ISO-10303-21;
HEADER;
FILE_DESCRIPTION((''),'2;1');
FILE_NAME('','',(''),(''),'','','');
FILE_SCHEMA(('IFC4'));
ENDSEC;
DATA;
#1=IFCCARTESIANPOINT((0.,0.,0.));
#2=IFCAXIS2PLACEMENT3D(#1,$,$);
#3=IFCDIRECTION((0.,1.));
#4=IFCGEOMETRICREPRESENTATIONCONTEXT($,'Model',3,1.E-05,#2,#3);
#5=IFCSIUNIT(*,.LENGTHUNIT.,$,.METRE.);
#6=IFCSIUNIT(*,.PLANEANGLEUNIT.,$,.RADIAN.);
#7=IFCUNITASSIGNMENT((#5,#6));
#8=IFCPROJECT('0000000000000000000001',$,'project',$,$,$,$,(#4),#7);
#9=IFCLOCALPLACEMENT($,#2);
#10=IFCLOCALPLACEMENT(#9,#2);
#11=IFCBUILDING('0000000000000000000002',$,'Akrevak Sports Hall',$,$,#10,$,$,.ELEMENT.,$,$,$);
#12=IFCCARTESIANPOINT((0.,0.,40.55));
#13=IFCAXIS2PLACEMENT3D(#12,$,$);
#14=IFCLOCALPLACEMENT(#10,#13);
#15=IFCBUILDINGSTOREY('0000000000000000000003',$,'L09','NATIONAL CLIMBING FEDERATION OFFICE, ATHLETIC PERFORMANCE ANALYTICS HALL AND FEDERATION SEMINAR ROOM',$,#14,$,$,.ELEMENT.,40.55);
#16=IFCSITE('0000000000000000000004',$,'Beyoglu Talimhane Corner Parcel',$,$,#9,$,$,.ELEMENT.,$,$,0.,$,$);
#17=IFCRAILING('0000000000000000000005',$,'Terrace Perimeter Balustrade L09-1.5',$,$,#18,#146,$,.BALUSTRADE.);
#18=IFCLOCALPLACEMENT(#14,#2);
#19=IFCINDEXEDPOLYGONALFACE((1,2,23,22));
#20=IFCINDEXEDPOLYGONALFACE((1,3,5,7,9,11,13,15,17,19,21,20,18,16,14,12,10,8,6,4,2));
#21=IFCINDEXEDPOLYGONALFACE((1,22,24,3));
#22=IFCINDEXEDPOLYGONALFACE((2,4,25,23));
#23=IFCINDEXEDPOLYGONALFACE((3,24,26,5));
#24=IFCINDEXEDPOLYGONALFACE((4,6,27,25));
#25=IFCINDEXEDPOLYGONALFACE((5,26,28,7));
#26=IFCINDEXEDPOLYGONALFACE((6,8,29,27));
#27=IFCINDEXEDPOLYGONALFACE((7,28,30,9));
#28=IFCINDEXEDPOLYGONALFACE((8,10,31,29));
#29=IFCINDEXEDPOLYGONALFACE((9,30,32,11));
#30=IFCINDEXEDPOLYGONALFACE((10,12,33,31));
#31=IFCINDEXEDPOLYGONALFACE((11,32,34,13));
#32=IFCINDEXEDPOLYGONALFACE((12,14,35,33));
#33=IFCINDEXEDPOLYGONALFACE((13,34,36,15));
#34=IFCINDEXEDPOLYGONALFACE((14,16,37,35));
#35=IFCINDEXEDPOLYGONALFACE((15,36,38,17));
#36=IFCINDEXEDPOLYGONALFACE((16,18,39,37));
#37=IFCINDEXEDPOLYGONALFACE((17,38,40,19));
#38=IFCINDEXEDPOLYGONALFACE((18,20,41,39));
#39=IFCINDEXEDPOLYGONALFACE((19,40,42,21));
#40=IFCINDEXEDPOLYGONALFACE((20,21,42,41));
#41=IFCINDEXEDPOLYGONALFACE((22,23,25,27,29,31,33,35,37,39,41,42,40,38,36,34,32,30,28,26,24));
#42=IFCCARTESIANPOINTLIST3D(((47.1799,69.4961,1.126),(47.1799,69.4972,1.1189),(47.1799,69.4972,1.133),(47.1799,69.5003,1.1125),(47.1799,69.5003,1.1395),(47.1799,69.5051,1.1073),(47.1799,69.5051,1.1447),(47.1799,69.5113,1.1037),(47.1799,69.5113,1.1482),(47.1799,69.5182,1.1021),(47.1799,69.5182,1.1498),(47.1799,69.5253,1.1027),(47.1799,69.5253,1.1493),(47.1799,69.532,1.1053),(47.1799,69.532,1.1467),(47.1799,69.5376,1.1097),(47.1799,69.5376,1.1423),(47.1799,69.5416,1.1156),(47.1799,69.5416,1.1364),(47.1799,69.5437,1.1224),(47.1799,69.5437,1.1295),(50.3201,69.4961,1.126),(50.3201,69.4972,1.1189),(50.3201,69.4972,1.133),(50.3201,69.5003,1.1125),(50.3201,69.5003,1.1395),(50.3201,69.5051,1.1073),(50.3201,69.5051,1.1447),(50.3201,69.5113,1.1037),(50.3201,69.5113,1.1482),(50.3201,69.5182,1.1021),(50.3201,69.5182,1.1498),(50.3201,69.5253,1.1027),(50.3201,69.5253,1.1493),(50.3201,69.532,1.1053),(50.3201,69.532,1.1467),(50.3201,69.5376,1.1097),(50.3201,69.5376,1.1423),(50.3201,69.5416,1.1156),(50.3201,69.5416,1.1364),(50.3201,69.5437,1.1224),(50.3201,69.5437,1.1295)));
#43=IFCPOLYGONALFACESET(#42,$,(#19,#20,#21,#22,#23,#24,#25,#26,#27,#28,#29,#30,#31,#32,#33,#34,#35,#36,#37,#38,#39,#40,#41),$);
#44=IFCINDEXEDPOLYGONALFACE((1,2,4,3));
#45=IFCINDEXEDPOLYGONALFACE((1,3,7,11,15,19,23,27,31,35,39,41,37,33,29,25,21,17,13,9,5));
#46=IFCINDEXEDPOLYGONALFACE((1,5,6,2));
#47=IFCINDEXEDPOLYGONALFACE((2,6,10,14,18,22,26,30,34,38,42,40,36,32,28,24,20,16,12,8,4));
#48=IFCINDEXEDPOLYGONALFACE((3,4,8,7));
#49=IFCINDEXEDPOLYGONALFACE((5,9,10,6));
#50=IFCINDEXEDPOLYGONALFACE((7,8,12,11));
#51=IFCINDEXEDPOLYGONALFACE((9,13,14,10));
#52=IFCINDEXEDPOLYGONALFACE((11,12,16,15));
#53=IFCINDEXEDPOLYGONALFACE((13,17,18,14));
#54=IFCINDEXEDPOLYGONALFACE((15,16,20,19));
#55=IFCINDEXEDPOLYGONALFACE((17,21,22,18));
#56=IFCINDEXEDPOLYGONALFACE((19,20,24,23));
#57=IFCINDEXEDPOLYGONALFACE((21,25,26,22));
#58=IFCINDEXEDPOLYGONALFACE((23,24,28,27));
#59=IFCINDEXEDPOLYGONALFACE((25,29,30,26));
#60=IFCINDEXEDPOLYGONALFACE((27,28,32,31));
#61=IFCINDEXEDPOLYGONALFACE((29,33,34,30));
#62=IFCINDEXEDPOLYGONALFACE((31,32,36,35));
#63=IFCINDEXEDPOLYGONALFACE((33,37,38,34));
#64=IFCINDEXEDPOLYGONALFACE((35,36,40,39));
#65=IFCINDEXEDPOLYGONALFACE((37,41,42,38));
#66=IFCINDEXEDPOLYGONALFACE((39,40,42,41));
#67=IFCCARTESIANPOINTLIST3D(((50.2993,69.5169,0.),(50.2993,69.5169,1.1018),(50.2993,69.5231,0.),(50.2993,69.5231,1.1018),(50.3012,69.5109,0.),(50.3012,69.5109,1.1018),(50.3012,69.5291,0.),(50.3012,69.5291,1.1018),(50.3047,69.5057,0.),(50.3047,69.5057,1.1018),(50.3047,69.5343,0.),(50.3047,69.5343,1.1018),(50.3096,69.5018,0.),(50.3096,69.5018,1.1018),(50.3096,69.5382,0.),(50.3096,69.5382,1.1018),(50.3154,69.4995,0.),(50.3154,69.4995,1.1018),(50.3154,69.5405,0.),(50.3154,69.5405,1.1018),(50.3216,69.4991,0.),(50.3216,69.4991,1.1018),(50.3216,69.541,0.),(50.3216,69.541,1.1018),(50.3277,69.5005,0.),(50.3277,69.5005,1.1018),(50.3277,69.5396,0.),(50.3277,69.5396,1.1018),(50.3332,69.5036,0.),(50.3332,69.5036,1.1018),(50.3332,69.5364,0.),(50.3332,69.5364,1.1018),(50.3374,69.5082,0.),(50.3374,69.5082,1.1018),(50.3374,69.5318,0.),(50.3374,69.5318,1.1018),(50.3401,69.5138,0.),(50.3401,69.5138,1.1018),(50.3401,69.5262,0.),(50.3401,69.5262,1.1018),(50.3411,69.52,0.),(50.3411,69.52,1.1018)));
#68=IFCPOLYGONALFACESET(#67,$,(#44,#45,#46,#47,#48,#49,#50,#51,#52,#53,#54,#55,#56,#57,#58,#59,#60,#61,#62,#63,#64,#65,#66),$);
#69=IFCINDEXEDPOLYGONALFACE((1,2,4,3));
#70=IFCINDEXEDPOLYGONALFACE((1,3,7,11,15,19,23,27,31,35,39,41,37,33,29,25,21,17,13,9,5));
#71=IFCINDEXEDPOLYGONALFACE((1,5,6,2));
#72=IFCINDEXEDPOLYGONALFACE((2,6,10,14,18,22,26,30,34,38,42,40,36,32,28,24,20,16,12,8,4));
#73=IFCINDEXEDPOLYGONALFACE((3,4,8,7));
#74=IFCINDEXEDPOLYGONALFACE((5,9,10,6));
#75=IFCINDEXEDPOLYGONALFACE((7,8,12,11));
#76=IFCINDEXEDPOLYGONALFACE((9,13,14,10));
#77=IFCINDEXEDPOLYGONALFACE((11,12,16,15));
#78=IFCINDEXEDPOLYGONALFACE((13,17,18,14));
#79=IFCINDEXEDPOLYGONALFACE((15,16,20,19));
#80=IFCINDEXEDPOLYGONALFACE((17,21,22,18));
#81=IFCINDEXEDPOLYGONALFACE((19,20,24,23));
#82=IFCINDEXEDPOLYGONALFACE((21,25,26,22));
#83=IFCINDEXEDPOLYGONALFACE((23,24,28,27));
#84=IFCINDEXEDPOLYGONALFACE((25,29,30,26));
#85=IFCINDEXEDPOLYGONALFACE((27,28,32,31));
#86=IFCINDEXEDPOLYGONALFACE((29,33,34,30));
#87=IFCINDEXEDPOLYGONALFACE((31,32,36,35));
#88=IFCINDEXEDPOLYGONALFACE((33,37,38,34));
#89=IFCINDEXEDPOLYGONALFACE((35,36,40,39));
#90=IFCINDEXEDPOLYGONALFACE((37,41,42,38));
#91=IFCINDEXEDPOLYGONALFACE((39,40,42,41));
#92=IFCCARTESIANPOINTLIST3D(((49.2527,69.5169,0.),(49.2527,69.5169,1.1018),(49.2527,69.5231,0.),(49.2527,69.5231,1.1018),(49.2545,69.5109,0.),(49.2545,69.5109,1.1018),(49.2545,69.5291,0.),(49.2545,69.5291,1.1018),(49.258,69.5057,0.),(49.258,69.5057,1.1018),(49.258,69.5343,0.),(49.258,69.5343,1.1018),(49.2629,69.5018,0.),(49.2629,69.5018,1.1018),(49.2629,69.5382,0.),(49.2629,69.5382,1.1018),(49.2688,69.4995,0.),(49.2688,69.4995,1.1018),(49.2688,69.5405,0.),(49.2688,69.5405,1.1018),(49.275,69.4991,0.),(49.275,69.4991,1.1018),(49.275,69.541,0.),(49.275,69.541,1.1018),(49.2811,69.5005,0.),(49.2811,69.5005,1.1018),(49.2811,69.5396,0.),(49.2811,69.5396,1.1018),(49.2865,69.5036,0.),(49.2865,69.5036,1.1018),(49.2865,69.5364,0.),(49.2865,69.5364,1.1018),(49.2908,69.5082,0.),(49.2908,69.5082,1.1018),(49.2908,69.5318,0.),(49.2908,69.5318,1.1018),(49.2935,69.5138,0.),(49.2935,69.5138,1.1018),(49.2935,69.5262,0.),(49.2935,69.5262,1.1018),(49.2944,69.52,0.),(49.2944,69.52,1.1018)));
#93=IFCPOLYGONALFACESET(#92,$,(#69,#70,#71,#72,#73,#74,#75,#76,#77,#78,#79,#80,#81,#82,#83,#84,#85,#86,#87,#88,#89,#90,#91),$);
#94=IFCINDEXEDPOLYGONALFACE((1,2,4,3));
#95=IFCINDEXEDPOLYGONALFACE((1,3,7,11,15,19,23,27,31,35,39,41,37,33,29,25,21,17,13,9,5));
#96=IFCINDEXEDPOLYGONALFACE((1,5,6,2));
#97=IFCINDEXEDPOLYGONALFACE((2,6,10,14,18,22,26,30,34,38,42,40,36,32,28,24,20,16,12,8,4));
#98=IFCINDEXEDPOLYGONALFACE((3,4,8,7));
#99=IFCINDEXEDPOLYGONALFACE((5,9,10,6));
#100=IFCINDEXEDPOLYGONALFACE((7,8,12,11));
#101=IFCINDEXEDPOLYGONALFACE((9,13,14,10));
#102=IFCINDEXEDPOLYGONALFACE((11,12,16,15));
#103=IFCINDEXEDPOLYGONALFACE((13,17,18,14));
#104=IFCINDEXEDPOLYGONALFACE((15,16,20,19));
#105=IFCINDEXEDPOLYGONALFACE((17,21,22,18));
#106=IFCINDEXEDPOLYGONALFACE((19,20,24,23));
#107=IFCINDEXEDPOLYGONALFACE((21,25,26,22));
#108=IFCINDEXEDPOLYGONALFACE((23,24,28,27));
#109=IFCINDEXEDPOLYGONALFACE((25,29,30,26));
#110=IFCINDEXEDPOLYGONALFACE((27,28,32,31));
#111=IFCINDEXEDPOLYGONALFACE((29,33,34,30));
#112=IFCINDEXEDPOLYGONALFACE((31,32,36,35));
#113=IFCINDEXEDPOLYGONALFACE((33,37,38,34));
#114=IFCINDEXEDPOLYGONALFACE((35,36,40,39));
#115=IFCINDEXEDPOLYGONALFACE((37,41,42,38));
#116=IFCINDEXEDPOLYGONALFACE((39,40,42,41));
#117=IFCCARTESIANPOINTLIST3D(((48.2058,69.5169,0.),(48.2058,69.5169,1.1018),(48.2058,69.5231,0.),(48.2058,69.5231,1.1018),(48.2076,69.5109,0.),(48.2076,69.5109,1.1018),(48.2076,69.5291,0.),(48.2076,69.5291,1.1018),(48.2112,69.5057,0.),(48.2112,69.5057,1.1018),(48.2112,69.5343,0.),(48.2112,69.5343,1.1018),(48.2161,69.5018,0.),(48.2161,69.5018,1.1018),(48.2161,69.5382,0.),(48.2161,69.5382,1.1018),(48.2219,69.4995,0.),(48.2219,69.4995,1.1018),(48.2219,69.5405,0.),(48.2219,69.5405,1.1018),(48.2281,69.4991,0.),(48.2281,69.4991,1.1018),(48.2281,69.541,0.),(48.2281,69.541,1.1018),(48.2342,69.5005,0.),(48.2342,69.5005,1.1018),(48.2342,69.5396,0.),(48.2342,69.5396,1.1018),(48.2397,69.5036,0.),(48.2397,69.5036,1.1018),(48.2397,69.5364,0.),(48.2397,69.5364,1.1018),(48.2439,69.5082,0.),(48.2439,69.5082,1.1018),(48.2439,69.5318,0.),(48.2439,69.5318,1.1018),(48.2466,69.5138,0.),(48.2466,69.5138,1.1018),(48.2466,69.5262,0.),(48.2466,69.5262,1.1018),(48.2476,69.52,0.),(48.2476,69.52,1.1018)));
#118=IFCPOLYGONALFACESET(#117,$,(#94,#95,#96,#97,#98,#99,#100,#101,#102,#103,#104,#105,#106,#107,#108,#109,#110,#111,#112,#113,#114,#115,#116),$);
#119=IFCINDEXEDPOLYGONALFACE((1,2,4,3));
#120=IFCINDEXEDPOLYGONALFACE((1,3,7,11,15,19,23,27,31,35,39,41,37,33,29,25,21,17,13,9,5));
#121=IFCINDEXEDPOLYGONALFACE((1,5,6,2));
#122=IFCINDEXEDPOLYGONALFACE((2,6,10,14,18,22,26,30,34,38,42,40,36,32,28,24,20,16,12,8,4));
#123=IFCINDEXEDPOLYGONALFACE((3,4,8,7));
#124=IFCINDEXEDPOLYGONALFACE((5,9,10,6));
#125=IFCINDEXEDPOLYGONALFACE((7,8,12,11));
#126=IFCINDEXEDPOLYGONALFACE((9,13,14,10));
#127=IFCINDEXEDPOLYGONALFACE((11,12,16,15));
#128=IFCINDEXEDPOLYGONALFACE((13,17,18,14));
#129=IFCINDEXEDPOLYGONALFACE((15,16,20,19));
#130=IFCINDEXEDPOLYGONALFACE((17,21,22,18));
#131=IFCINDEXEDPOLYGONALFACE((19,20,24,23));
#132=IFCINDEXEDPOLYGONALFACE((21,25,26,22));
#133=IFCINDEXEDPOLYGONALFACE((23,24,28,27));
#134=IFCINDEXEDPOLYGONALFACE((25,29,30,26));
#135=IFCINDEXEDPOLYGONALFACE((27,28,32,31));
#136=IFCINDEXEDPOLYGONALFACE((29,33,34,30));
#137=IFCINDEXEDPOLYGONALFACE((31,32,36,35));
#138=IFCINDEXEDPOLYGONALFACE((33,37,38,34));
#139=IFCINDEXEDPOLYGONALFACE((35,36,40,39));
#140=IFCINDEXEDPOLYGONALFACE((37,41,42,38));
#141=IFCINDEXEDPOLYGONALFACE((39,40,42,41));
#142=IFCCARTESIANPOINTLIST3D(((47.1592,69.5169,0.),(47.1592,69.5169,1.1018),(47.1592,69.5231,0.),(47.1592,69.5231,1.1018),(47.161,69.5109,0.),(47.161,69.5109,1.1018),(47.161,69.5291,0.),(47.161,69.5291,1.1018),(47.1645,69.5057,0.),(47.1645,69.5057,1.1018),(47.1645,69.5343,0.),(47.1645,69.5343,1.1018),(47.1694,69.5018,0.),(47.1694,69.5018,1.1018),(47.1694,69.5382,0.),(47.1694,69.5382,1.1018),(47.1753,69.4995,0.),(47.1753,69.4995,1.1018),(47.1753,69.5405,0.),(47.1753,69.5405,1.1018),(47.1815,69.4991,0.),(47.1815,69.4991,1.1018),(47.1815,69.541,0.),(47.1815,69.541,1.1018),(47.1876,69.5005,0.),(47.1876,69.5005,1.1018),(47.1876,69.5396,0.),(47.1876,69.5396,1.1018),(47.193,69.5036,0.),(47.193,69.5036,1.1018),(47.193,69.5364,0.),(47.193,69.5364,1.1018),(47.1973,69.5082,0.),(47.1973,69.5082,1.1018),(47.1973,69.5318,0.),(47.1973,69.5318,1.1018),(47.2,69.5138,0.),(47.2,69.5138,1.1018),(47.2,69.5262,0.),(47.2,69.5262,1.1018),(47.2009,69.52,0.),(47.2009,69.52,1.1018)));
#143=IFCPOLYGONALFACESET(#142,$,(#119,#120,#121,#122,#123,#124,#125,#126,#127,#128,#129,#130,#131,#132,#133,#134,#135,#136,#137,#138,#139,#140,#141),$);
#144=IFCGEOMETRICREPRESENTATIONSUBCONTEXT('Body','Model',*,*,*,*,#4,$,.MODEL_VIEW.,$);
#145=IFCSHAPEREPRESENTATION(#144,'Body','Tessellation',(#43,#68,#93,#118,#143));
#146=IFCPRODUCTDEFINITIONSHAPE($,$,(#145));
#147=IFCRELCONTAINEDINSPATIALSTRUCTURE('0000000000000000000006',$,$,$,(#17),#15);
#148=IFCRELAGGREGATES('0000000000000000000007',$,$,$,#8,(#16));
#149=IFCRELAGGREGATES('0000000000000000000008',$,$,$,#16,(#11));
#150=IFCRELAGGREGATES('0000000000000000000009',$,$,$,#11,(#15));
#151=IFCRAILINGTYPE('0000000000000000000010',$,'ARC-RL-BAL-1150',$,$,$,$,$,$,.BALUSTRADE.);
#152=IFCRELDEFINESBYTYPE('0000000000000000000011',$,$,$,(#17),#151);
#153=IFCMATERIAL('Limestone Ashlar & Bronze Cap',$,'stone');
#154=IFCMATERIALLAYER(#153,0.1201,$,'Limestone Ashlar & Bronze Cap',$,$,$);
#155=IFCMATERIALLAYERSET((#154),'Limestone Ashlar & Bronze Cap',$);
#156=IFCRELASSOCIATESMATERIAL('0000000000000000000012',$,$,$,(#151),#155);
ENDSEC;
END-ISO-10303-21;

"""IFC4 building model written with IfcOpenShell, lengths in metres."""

from ifc_helpers import new_model, si_unit, direction, frame, origin, origin_2d, place, context, subcontext, project, spatial, circle, extrude, material, layer, layer_set, type_object, element, save


model = new_model("IFC4")

# Units and contexts
model_context = context("Model", 3, precision=1e-05, world=origin(), true_north=direction((0.0, 1.0)))
body_context = subcontext(model_context, "Body", "Model", "MODEL_VIEW")
ifc_project = project(units=[si_unit("LENGTHUNIT", "METRE"), si_unit("PLANEANGLEUNIT", "RADIAN")], contexts=[model_context])

# Site, building, storey
site_placement = place(None, origin())
site = spatial("IfcSite", under=ifc_project, at=site_placement, Name="Beyoglu Talimhane Corner Parcel", CompositionType="ELEMENT", RefElevation=0.0)
building_placement = place(site_placement, origin())
building = spatial("IfcBuilding", under=site, at=building_placement, Name="Akrevak Sports Hall", CompositionType="ELEMENT")
storey_placement = place(building_placement, frame((0.0, 0.0, 40.55)))
storey = spatial("IfcBuildingStorey", under=building, at=storey_placement, Name="L09", Description="NATIONAL CLIMBING FEDERATION OFFICE, ATHLETIC PERFORMANCE ANALYTICS HALL AND FEDERATION SEMINAR ROOM", CompositionType="ELEMENT", Elevation=40.55)

# Railing
ifc_material_1 = material(Name="Limestone Ashlar & Bronze Cap", Category="stone")
ifc_layer_1 = layer(ifc_material_1, 0.1201, Name="Limestone Ashlar & Bronze Cap")
ifc_layer_set_1 = layer_set([ifc_layer_1], Name="Limestone Ashlar & Bronze Cap")
railing_type = type_object("IfcRailingType", Name="ARC-RL-BAL-1150", PredefinedType="BALUSTRADE", material=ifc_layer_set_1)
railing_1_placement = place(storey_placement, frame((50.3201, 69.52, 0.0)))
element("IfcRailing", 1, at=railing_1_placement, inside=storey, type_object=railing_type, Name="Terrace Perimeter Balustrade L09-1.5", PredefinedType="BALUSTRADE", context=body_context, shape_type="SweptSolid", body=[
    extrude(circle(Radius=0.0239, at=origin_2d()), frame((0.0, 0.0, 1.126), z_axis=(-1.0, 0.0, 0.0), x_axis=(0.0, -1.0, 0.0)), (0.0, 0.0, 1.0), 3.1401),
    extrude(circle(Radius=0.021, at=origin_2d()), origin(), (0.0, 0.0, 1.0), 1.1018),
    extrude(circle(Radius=0.021, at=origin_2d()), frame((-1.0466, 0.0, 0.0)), (0.0, 0.0, 1.0), 1.1018),
    extrude(circle(Radius=0.021, at=origin_2d()), frame((-2.0935, 0.0, 0.0)), (0.0, 0.0, 1.0), 1.1018),
    extrude(circle(Radius=0.021, at=origin_2d()), frame((-3.1401, 0.0, 0.0)), (0.0, 0.0, 1.0), 1.1018),
])

save(model, "model.ifc")
